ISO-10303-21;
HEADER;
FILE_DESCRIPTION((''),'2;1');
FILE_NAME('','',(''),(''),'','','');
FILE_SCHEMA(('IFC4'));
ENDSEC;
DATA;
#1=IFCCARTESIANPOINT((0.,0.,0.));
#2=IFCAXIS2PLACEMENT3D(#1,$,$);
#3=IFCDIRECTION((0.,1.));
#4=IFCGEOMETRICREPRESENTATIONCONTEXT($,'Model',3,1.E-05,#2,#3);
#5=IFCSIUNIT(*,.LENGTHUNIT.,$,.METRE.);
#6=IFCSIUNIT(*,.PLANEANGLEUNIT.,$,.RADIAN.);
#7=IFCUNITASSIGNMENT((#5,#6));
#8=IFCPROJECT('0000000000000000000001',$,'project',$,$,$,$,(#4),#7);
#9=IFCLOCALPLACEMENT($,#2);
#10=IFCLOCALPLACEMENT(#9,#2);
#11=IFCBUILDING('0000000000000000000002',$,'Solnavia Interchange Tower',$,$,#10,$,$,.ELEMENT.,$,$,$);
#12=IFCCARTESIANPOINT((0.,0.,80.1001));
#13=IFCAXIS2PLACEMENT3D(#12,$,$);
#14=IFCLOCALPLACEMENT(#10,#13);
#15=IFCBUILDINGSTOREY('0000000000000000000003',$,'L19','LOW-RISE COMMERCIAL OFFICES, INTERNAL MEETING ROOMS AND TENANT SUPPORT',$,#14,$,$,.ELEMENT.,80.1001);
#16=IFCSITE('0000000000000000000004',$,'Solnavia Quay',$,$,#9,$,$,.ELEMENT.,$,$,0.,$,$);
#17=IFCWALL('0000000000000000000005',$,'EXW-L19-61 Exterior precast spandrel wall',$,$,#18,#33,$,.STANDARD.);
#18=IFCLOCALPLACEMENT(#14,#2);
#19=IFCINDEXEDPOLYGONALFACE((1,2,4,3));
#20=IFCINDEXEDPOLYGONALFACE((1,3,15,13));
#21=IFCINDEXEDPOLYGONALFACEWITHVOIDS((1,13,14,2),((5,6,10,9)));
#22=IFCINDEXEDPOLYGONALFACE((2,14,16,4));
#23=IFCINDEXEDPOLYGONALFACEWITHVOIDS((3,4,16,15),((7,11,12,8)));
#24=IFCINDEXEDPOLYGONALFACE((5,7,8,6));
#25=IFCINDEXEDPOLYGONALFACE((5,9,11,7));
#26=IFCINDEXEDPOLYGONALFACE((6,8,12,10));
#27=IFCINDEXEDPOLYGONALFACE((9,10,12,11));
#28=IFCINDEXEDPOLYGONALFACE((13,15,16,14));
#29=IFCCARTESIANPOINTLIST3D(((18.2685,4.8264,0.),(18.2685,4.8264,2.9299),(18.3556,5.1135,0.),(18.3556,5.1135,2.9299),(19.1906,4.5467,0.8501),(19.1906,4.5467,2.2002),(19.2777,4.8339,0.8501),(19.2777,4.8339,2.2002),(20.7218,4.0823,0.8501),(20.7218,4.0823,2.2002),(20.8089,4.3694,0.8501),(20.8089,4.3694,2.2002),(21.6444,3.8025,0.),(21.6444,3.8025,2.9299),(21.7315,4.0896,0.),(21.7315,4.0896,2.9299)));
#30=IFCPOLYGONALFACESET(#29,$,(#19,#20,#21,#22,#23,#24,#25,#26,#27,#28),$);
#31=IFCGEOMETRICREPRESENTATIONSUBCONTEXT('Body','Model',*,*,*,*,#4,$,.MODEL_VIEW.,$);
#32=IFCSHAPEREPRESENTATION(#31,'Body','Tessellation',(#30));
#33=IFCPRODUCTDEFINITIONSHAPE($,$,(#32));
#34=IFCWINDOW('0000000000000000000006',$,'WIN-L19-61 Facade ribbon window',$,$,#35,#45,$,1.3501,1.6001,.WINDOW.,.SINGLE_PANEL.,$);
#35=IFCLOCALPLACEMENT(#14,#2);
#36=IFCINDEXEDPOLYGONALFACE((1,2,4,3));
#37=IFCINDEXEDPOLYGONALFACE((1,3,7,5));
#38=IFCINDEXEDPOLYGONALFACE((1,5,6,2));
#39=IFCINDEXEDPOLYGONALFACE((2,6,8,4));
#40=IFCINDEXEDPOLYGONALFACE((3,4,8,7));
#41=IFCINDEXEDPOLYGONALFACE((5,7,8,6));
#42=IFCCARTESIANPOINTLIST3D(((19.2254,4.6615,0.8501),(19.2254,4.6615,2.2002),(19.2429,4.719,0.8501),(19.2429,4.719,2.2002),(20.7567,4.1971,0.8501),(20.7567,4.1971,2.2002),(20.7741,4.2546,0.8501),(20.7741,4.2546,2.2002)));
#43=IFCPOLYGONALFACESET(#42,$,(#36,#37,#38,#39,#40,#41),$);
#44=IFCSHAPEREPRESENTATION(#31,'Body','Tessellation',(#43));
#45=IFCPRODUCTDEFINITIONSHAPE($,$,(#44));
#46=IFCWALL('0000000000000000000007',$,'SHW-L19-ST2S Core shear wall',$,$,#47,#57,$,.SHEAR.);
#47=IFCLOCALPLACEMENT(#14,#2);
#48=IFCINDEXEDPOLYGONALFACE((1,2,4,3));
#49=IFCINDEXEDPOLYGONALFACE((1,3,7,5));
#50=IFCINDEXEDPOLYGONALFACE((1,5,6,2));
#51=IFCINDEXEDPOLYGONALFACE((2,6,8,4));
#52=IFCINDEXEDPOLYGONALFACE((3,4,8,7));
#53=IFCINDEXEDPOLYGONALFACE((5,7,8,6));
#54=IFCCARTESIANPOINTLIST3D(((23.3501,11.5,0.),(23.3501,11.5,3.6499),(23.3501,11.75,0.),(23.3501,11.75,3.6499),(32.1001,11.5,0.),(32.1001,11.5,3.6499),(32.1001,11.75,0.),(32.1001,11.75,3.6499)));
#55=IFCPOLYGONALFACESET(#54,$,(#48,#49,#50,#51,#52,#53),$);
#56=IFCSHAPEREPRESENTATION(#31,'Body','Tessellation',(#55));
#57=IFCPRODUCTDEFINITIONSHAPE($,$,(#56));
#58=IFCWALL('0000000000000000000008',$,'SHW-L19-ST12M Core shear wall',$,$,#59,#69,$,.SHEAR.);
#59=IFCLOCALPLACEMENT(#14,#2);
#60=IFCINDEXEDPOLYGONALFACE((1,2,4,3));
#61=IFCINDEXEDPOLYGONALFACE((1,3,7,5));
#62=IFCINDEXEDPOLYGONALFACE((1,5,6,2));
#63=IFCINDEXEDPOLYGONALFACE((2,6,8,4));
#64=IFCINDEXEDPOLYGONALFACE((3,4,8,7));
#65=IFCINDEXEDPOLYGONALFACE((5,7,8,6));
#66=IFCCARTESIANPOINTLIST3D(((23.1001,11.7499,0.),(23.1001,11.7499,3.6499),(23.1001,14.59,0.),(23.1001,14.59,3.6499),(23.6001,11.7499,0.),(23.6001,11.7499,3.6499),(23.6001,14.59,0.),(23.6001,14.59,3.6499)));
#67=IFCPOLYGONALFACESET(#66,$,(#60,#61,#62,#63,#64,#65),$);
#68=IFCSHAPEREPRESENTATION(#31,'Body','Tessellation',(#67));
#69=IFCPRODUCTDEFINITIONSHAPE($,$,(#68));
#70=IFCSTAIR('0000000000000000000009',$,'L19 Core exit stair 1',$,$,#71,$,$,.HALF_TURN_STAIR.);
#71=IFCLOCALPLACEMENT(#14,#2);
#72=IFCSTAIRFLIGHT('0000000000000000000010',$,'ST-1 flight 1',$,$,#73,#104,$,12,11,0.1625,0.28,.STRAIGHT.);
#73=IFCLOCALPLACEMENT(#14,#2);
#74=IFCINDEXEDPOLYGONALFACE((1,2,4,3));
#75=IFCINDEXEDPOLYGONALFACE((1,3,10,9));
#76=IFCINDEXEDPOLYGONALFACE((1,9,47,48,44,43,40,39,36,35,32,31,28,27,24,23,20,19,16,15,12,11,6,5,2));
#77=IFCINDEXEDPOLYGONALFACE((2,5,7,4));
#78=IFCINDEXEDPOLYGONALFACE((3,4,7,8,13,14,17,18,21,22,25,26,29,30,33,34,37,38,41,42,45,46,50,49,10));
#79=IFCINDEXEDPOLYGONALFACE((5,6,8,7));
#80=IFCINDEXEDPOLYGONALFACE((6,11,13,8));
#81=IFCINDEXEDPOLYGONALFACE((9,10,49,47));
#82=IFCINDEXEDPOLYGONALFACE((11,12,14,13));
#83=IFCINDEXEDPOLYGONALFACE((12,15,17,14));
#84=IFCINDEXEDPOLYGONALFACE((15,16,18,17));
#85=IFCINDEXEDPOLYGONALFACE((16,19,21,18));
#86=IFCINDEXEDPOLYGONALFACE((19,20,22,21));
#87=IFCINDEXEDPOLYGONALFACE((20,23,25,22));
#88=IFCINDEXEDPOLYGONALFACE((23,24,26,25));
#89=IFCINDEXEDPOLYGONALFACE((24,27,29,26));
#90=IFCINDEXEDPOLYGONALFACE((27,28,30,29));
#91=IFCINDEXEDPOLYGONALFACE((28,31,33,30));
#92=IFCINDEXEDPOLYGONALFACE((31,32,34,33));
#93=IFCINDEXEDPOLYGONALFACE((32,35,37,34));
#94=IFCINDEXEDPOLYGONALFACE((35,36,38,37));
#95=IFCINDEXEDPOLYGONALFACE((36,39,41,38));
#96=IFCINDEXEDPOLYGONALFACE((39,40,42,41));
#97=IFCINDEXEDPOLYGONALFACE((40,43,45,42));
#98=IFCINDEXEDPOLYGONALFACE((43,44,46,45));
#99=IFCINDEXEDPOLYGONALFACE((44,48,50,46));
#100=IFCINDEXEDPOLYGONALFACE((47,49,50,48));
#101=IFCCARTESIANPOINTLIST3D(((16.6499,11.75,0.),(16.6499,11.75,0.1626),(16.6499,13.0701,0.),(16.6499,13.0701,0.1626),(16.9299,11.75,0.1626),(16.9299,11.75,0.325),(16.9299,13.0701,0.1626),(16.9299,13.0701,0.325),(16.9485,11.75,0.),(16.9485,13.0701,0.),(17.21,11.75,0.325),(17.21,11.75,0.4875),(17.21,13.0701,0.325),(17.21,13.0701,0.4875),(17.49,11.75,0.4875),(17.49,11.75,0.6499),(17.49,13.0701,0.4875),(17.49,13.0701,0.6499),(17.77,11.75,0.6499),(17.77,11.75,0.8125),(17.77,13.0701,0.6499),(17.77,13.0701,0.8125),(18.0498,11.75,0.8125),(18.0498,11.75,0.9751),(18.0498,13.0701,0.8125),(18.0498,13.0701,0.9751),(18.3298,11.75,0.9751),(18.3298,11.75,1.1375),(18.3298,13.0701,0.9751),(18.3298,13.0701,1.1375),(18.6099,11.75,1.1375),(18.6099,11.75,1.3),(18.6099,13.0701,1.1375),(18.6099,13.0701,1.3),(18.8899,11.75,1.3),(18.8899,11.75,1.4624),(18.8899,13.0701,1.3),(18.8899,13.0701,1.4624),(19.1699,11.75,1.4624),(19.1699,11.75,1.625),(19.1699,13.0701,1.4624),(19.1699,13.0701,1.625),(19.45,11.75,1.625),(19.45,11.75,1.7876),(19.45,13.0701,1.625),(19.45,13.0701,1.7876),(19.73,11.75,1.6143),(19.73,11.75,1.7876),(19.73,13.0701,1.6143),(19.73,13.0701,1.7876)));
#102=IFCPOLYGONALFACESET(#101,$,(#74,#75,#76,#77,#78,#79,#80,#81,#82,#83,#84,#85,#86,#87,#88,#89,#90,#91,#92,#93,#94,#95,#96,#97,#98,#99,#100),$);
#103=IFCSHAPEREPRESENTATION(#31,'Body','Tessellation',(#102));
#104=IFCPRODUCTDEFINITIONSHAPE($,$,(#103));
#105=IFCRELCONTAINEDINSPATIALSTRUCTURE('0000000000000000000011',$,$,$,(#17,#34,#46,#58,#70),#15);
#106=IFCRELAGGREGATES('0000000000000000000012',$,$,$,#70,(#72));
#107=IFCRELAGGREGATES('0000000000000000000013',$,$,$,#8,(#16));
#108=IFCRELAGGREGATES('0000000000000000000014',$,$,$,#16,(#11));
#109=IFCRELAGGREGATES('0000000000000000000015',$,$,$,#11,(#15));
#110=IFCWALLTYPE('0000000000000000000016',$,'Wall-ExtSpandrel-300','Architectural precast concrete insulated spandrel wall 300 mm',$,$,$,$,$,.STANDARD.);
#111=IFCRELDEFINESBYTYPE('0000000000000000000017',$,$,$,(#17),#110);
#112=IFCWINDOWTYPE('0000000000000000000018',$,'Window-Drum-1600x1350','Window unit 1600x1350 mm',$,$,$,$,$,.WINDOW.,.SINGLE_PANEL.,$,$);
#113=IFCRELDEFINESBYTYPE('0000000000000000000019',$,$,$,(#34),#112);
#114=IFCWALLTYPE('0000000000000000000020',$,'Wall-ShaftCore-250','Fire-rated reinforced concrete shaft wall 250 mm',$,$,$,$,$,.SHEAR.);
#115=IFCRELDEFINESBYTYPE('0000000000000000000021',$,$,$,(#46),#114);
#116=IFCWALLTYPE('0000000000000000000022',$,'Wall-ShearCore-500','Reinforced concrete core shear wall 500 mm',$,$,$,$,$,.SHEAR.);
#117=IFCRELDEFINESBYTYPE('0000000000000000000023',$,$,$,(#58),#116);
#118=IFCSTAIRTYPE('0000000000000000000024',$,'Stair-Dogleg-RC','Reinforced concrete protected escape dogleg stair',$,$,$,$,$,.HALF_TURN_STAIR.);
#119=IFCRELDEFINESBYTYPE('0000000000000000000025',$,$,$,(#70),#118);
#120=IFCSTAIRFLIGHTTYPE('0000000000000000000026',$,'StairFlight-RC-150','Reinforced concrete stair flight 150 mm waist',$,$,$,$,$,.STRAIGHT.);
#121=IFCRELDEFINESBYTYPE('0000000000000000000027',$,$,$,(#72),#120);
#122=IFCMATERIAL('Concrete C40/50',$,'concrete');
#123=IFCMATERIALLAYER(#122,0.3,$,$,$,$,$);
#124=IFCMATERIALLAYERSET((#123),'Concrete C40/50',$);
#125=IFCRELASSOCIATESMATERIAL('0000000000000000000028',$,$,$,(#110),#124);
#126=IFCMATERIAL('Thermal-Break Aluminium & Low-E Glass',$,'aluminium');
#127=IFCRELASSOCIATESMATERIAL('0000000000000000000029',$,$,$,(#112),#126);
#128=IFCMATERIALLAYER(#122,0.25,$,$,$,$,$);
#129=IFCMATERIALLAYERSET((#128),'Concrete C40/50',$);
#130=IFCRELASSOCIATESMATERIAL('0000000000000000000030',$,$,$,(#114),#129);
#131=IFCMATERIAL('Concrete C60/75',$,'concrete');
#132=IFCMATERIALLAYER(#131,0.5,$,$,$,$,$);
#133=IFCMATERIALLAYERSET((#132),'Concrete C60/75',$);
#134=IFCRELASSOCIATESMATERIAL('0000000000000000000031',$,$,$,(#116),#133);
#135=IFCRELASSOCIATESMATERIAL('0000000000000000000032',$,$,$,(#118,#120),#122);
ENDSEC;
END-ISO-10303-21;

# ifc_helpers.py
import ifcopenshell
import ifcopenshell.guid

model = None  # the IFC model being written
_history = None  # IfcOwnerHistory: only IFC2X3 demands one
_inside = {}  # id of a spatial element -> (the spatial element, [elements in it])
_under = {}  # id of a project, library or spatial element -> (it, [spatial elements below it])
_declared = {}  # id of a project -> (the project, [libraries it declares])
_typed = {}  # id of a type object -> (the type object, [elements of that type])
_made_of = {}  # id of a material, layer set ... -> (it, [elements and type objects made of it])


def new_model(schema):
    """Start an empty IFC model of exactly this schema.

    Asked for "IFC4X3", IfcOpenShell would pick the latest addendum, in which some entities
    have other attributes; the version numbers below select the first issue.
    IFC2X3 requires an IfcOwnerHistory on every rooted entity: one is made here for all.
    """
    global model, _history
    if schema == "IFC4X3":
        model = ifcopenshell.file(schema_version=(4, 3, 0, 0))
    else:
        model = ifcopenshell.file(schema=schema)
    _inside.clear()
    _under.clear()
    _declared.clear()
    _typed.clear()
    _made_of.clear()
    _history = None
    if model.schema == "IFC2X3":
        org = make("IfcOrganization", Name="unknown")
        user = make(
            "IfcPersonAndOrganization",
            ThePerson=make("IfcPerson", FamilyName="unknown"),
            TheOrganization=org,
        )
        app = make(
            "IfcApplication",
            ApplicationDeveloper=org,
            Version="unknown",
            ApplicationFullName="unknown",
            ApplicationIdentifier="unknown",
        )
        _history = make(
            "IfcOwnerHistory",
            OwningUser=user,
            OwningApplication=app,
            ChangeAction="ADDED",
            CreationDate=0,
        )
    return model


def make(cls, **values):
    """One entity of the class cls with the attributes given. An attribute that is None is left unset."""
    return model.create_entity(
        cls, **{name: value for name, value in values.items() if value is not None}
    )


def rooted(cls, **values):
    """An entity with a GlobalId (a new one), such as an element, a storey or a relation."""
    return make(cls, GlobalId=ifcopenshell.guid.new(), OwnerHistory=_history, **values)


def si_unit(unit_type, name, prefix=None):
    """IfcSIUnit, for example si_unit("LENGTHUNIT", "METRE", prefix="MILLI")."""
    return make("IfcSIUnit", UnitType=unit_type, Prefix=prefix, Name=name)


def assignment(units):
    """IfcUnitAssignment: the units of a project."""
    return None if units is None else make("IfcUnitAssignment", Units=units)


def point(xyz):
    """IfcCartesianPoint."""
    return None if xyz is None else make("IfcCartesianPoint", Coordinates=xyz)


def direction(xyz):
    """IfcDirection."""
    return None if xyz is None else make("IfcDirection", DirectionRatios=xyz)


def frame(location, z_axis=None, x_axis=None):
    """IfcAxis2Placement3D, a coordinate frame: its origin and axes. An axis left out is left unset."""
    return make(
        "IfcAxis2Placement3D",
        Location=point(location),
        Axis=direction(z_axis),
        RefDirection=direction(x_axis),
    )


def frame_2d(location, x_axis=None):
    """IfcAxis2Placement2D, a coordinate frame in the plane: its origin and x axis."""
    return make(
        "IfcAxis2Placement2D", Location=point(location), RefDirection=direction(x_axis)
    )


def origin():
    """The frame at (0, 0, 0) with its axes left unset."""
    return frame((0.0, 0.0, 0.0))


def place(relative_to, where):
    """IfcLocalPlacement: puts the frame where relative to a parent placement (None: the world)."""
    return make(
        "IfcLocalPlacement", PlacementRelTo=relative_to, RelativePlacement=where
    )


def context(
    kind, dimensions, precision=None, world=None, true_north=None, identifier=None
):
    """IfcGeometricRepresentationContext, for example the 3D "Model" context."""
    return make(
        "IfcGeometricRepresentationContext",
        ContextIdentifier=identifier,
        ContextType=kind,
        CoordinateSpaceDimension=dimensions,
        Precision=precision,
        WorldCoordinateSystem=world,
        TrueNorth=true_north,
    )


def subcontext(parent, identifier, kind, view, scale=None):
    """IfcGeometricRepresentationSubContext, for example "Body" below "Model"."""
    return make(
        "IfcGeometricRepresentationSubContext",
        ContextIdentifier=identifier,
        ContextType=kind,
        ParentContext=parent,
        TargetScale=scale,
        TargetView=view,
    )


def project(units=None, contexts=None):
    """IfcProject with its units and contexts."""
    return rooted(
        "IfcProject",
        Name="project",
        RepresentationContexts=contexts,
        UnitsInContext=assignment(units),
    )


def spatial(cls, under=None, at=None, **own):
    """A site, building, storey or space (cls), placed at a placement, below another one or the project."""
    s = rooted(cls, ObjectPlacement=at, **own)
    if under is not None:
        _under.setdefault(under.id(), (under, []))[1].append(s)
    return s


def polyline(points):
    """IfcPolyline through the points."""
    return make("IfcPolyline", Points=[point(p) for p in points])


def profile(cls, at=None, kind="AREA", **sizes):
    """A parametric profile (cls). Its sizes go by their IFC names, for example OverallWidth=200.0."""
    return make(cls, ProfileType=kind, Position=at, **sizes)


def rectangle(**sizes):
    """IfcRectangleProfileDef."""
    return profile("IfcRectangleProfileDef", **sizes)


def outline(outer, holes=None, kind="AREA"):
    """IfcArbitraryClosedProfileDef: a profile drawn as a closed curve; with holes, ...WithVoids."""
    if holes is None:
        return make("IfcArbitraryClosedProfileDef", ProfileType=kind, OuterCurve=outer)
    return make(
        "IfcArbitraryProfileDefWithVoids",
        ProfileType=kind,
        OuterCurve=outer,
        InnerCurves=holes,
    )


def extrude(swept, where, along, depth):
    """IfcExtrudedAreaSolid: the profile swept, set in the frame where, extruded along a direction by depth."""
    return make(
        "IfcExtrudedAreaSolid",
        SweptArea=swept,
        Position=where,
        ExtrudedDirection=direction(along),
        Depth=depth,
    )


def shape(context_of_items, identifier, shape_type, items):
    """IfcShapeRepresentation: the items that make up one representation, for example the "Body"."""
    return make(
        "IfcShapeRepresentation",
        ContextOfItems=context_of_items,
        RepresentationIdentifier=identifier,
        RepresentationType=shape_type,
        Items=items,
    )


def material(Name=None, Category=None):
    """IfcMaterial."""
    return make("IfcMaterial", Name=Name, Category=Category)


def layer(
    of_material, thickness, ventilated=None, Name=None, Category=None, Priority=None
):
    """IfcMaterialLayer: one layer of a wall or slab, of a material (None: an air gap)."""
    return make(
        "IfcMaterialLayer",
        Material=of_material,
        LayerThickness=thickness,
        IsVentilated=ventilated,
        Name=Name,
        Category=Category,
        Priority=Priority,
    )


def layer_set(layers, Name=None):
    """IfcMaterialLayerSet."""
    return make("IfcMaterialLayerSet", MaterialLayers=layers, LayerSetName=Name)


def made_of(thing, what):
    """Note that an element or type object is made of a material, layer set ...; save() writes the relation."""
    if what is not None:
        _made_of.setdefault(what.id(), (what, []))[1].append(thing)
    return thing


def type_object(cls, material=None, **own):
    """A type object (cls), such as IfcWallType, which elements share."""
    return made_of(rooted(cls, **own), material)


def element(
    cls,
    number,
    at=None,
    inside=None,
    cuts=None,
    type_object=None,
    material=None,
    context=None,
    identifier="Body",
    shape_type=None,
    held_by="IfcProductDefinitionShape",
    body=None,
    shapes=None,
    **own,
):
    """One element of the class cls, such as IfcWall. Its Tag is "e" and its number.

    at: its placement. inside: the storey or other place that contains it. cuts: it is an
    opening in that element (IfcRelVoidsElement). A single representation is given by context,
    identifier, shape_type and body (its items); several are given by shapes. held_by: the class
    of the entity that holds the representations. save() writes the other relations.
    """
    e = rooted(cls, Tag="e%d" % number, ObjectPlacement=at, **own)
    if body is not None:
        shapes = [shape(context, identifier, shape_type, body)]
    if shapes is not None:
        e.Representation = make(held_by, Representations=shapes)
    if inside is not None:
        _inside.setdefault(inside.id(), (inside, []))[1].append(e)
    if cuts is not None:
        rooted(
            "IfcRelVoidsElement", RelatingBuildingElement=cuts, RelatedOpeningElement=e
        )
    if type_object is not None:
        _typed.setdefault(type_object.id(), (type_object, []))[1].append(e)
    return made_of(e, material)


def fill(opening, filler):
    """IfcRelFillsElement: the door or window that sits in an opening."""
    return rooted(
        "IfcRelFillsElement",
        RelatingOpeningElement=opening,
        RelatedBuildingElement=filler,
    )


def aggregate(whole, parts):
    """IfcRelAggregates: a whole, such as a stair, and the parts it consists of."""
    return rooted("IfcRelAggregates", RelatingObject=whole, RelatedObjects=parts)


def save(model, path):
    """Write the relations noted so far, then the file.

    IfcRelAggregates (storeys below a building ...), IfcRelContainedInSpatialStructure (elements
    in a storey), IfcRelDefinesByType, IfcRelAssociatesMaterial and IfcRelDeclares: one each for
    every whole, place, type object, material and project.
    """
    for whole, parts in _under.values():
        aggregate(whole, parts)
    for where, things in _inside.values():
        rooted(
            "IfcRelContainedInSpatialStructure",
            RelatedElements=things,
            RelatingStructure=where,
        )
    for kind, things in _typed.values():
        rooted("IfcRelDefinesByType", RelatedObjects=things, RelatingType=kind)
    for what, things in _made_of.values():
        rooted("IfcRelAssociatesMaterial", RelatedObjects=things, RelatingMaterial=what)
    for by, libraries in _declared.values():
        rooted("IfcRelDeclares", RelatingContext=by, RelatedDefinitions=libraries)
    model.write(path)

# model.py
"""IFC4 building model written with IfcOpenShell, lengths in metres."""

from ifc_helpers import new_model, si_unit, direction, frame, frame_2d, origin, place, context, subcontext, project, spatial, polyline, rectangle, outline, extrude, material, layer, layer_set, type_object, element, fill, aggregate, save


model = new_model("IFC4")

# Units and contexts
model_context = context("Model", 3, precision=1e-05, world=origin(), true_north=direction((0.0, 1.0)))
body_context = subcontext(model_context, "Body", "Model", "MODEL_VIEW")
ifc_project = project(units=[si_unit("LENGTHUNIT", "METRE"), si_unit("PLANEANGLEUNIT", "RADIAN")], contexts=[model_context])

# Site, building, storey
site_placement = place(None, origin())
site = spatial("IfcSite", under=ifc_project, at=site_placement, Name="Solnavia Quay", CompositionType="ELEMENT", RefElevation=0.0)
building_placement = place(site_placement, origin())
building = spatial("IfcBuilding", under=site, at=building_placement, Name="Solnavia Interchange Tower", CompositionType="ELEMENT")
storey_placement = place(building_placement, frame((0.0, 0.0, 80.1001)))
storey = spatial("IfcBuildingStorey", under=building, at=storey_placement, Name="L19", Description="LOW-RISE COMMERCIAL OFFICES, INTERNAL MEETING ROOMS AND TENANT SUPPORT", CompositionType="ELEMENT", Elevation=80.1001)

# Shared definitions
ifc_material_1 = material(Name="Concrete C60/75", Category="concrete")

# Wall, opening, window
ifc_material_2 = material(Name="Concrete C40/50", Category="concrete")
ifc_layer_1 = layer(ifc_material_2, 0.3)
ifc_layer_set_1 = layer_set([ifc_layer_1], Name="Concrete C40/50")
wall_type_1 = type_object("IfcWallType", Name="Wall-ExtSpandrel-300", Description="Architectural precast concrete insulated spandrel wall 300 mm", PredefinedType="STANDARD", material=ifc_layer_set_1)
ifc_material_3 = material(Name="Thermal-Break Aluminium & Low-E Glass", Category="aluminium")
window_type = type_object("IfcWindowType", Name="Window-Drum-1600x1350", Description="Window unit 1600x1350 mm", PartitioningType="SINGLE_PANEL", PredefinedType="WINDOW", material=ifc_material_3)
wall_1_placement = place(storey_placement, frame((21.688, 3.946, 0.0), z_axis=(0.0, 0.0, 1.0), x_axis=(-0.956953, 0.290242, 0.0)))
wall_1 = element("IfcWall", 1, at=wall_1_placement, inside=storey, type_object=wall_type_1, Name="EXW-L19-61 Exterior precast spandrel wall", PredefinedType="STANDARD", context=body_context, shape_type="SweptSolid", body=[
    extrude(rectangle(XDim=3.5278, YDim=0.3, at=frame_2d((1.7639, 0.0))), origin(), (0.0, 0.0, 1.0), 2.9299),
])
opening_1_placement = place(wall_1_placement, frame((0.9641, 0.0, 0.8501)))
opening_1 = element("IfcOpeningElement", 2, at=opening_1_placement, cuts=wall_1, PredefinedType="OPENING", context=body_context, shape_type="SweptSolid", body=[
    extrude(rectangle(XDim=1.6001, YDim=1.3501, at=frame_2d((0.8, 0.675))), frame((0.0, 0.1602, 0.0), z_axis=(0.0, -1.0, 0.0), x_axis=(1.0, 0.0, 0.0)), (0.0, 0.0, 1.0), 0.3201),
])
window_1_placement = place(opening_1_placement, origin())
window_1 = element("IfcWindow", 3, at=window_1_placement, inside=storey, type_object=window_type, Name="WIN-L19-61 Facade ribbon window", OverallHeight=1.3501, OverallWidth=1.6001, PartitioningType="SINGLE_PANEL", PredefinedType="WINDOW", context=body_context, shape_type="SweptSolid", body=[
    extrude(rectangle(XDim=1.6001, YDim=1.3501, at=frame_2d((0.8, 0.675))), frame((0.0, 0.03, 0.0), z_axis=(0.0, -1.0, 0.0), x_axis=(1.0, 0.0, 0.0)), (0.0, 0.0, 1.0), 0.0601),
])
fill(opening_1, window_1)

# Walls
ifc_layer_2 = layer(ifc_material_2, 0.25)
ifc_layer_set_2 = layer_set([ifc_layer_2], Name="Concrete C40/50")
wall_type_2 = type_object("IfcWallType", Name="Wall-ShaftCore-250", Description="Fire-rated reinforced concrete shaft wall 250 mm", PredefinedType="SHEAR", material=ifc_layer_set_2)
wall_2_placement = place(storey_placement, frame((23.3501, 11.625, 0.0), z_axis=(0.0, 0.0, 1.0), x_axis=(1.0, 0.0, 0.0)))
element("IfcWall", 4, at=wall_2_placement, inside=storey, type_object=wall_type_2, Name="SHW-L19-ST2S Core shear wall", PredefinedType="SHEAR", context=body_context, shape_type="SweptSolid", body=[
    extrude(rectangle(XDim=8.75, YDim=0.25, at=frame_2d((4.375, 0.0))), origin(), (0.0, 0.0, 1.0), 3.6499),
])
ifc_layer_3 = layer(ifc_material_1, 0.5)
ifc_layer_set_3 = layer_set([ifc_layer_3], Name="Concrete C60/75")
wall_type_3 = type_object("IfcWallType", Name="Wall-ShearCore-500", Description="Reinforced concrete core shear wall 500 mm", PredefinedType="SHEAR", material=ifc_layer_set_3)
wall_3_placement = place(storey_placement, frame((23.3501, 11.75, 0.0), z_axis=(0.0, 0.0, 1.0), x_axis=(0.0, 1.0, 0.0)))
element("IfcWall", 5, at=wall_3_placement, inside=storey, type_object=wall_type_3, Name="SHW-L19-ST12M Core shear wall", PredefinedType="SHEAR", context=body_context, shape_type="SweptSolid", body=[
    extrude(rectangle(XDim=2.8401, YDim=0.5, at=frame_2d((1.4199, 0.0))), origin(), (0.0, 0.0, 1.0), 3.6499),
])

# Stair, stair flight
stair_type = type_object("IfcStairType", Name="Stair-Dogleg-RC", Description="Reinforced concrete protected escape dogleg stair", PredefinedType="HALF_TURN_STAIR", material=ifc_material_2)
stair_placement = place(storey_placement, origin())
stair = element("IfcStair", 6, at=stair_placement, inside=storey, type_object=stair_type, Name="L19 Core exit stair 1", PredefinedType="HALF_TURN_STAIR")
stair_flight_type = type_object("IfcStairFlightType", Name="StairFlight-RC-150", Description="Reinforced concrete stair flight 150 mm waist", PredefinedType="STRAIGHT", material=ifc_material_2)
stair_flight_placement = place(storey_placement, frame((16.6499, 12.4099, 0.0), z_axis=(0.0, 0.0, 1.0), x_axis=(1.0, 0.0, 0.0)))
stair_flight = element("IfcStairFlight", 7, at=stair_flight_placement, type_object=stair_flight_type, Name="ST-1 flight 1", NumberOfRisers=12, NumberOfTreads=11, PredefinedType="STRAIGHT", RiserHeight=0.1625, TreadLength=0.28, context=body_context, shape_type="SweptSolid", body=[
    extrude(outline(polyline([(0.0, 0.0), (0.0, 0.1626), (0.28, 0.1626), (0.28, 0.325), (0.5601, 0.325), (0.5601, 0.4875), (0.8401, 0.4875), (0.8401, 0.6499), (1.1201, 0.6499), (1.1201, 0.8125), (1.3999, 0.8125), (1.3999, 0.9751), (1.6799, 0.9751), (1.6799, 1.1375), (1.96, 1.1375), (1.96, 1.3), (2.24, 1.3), (2.24, 1.4624), (2.52, 1.4624), (2.52, 1.625), (2.8, 1.625), (2.8, 1.7876), (3.0801, 1.7876), (3.0801, 1.95), (3.0801, 1.6143), (0.2986, 0.0), (0.0, 0.0)])), frame((0.0, 0.6602, 0.0), z_axis=(0.0, -1.0, 0.0), x_axis=(1.0, 0.0, 0.0)), (0.0, 0.0, 1.0), 1.3201),
])
aggregate(stair, [stair_flight])

save(model, "model.ifc")
